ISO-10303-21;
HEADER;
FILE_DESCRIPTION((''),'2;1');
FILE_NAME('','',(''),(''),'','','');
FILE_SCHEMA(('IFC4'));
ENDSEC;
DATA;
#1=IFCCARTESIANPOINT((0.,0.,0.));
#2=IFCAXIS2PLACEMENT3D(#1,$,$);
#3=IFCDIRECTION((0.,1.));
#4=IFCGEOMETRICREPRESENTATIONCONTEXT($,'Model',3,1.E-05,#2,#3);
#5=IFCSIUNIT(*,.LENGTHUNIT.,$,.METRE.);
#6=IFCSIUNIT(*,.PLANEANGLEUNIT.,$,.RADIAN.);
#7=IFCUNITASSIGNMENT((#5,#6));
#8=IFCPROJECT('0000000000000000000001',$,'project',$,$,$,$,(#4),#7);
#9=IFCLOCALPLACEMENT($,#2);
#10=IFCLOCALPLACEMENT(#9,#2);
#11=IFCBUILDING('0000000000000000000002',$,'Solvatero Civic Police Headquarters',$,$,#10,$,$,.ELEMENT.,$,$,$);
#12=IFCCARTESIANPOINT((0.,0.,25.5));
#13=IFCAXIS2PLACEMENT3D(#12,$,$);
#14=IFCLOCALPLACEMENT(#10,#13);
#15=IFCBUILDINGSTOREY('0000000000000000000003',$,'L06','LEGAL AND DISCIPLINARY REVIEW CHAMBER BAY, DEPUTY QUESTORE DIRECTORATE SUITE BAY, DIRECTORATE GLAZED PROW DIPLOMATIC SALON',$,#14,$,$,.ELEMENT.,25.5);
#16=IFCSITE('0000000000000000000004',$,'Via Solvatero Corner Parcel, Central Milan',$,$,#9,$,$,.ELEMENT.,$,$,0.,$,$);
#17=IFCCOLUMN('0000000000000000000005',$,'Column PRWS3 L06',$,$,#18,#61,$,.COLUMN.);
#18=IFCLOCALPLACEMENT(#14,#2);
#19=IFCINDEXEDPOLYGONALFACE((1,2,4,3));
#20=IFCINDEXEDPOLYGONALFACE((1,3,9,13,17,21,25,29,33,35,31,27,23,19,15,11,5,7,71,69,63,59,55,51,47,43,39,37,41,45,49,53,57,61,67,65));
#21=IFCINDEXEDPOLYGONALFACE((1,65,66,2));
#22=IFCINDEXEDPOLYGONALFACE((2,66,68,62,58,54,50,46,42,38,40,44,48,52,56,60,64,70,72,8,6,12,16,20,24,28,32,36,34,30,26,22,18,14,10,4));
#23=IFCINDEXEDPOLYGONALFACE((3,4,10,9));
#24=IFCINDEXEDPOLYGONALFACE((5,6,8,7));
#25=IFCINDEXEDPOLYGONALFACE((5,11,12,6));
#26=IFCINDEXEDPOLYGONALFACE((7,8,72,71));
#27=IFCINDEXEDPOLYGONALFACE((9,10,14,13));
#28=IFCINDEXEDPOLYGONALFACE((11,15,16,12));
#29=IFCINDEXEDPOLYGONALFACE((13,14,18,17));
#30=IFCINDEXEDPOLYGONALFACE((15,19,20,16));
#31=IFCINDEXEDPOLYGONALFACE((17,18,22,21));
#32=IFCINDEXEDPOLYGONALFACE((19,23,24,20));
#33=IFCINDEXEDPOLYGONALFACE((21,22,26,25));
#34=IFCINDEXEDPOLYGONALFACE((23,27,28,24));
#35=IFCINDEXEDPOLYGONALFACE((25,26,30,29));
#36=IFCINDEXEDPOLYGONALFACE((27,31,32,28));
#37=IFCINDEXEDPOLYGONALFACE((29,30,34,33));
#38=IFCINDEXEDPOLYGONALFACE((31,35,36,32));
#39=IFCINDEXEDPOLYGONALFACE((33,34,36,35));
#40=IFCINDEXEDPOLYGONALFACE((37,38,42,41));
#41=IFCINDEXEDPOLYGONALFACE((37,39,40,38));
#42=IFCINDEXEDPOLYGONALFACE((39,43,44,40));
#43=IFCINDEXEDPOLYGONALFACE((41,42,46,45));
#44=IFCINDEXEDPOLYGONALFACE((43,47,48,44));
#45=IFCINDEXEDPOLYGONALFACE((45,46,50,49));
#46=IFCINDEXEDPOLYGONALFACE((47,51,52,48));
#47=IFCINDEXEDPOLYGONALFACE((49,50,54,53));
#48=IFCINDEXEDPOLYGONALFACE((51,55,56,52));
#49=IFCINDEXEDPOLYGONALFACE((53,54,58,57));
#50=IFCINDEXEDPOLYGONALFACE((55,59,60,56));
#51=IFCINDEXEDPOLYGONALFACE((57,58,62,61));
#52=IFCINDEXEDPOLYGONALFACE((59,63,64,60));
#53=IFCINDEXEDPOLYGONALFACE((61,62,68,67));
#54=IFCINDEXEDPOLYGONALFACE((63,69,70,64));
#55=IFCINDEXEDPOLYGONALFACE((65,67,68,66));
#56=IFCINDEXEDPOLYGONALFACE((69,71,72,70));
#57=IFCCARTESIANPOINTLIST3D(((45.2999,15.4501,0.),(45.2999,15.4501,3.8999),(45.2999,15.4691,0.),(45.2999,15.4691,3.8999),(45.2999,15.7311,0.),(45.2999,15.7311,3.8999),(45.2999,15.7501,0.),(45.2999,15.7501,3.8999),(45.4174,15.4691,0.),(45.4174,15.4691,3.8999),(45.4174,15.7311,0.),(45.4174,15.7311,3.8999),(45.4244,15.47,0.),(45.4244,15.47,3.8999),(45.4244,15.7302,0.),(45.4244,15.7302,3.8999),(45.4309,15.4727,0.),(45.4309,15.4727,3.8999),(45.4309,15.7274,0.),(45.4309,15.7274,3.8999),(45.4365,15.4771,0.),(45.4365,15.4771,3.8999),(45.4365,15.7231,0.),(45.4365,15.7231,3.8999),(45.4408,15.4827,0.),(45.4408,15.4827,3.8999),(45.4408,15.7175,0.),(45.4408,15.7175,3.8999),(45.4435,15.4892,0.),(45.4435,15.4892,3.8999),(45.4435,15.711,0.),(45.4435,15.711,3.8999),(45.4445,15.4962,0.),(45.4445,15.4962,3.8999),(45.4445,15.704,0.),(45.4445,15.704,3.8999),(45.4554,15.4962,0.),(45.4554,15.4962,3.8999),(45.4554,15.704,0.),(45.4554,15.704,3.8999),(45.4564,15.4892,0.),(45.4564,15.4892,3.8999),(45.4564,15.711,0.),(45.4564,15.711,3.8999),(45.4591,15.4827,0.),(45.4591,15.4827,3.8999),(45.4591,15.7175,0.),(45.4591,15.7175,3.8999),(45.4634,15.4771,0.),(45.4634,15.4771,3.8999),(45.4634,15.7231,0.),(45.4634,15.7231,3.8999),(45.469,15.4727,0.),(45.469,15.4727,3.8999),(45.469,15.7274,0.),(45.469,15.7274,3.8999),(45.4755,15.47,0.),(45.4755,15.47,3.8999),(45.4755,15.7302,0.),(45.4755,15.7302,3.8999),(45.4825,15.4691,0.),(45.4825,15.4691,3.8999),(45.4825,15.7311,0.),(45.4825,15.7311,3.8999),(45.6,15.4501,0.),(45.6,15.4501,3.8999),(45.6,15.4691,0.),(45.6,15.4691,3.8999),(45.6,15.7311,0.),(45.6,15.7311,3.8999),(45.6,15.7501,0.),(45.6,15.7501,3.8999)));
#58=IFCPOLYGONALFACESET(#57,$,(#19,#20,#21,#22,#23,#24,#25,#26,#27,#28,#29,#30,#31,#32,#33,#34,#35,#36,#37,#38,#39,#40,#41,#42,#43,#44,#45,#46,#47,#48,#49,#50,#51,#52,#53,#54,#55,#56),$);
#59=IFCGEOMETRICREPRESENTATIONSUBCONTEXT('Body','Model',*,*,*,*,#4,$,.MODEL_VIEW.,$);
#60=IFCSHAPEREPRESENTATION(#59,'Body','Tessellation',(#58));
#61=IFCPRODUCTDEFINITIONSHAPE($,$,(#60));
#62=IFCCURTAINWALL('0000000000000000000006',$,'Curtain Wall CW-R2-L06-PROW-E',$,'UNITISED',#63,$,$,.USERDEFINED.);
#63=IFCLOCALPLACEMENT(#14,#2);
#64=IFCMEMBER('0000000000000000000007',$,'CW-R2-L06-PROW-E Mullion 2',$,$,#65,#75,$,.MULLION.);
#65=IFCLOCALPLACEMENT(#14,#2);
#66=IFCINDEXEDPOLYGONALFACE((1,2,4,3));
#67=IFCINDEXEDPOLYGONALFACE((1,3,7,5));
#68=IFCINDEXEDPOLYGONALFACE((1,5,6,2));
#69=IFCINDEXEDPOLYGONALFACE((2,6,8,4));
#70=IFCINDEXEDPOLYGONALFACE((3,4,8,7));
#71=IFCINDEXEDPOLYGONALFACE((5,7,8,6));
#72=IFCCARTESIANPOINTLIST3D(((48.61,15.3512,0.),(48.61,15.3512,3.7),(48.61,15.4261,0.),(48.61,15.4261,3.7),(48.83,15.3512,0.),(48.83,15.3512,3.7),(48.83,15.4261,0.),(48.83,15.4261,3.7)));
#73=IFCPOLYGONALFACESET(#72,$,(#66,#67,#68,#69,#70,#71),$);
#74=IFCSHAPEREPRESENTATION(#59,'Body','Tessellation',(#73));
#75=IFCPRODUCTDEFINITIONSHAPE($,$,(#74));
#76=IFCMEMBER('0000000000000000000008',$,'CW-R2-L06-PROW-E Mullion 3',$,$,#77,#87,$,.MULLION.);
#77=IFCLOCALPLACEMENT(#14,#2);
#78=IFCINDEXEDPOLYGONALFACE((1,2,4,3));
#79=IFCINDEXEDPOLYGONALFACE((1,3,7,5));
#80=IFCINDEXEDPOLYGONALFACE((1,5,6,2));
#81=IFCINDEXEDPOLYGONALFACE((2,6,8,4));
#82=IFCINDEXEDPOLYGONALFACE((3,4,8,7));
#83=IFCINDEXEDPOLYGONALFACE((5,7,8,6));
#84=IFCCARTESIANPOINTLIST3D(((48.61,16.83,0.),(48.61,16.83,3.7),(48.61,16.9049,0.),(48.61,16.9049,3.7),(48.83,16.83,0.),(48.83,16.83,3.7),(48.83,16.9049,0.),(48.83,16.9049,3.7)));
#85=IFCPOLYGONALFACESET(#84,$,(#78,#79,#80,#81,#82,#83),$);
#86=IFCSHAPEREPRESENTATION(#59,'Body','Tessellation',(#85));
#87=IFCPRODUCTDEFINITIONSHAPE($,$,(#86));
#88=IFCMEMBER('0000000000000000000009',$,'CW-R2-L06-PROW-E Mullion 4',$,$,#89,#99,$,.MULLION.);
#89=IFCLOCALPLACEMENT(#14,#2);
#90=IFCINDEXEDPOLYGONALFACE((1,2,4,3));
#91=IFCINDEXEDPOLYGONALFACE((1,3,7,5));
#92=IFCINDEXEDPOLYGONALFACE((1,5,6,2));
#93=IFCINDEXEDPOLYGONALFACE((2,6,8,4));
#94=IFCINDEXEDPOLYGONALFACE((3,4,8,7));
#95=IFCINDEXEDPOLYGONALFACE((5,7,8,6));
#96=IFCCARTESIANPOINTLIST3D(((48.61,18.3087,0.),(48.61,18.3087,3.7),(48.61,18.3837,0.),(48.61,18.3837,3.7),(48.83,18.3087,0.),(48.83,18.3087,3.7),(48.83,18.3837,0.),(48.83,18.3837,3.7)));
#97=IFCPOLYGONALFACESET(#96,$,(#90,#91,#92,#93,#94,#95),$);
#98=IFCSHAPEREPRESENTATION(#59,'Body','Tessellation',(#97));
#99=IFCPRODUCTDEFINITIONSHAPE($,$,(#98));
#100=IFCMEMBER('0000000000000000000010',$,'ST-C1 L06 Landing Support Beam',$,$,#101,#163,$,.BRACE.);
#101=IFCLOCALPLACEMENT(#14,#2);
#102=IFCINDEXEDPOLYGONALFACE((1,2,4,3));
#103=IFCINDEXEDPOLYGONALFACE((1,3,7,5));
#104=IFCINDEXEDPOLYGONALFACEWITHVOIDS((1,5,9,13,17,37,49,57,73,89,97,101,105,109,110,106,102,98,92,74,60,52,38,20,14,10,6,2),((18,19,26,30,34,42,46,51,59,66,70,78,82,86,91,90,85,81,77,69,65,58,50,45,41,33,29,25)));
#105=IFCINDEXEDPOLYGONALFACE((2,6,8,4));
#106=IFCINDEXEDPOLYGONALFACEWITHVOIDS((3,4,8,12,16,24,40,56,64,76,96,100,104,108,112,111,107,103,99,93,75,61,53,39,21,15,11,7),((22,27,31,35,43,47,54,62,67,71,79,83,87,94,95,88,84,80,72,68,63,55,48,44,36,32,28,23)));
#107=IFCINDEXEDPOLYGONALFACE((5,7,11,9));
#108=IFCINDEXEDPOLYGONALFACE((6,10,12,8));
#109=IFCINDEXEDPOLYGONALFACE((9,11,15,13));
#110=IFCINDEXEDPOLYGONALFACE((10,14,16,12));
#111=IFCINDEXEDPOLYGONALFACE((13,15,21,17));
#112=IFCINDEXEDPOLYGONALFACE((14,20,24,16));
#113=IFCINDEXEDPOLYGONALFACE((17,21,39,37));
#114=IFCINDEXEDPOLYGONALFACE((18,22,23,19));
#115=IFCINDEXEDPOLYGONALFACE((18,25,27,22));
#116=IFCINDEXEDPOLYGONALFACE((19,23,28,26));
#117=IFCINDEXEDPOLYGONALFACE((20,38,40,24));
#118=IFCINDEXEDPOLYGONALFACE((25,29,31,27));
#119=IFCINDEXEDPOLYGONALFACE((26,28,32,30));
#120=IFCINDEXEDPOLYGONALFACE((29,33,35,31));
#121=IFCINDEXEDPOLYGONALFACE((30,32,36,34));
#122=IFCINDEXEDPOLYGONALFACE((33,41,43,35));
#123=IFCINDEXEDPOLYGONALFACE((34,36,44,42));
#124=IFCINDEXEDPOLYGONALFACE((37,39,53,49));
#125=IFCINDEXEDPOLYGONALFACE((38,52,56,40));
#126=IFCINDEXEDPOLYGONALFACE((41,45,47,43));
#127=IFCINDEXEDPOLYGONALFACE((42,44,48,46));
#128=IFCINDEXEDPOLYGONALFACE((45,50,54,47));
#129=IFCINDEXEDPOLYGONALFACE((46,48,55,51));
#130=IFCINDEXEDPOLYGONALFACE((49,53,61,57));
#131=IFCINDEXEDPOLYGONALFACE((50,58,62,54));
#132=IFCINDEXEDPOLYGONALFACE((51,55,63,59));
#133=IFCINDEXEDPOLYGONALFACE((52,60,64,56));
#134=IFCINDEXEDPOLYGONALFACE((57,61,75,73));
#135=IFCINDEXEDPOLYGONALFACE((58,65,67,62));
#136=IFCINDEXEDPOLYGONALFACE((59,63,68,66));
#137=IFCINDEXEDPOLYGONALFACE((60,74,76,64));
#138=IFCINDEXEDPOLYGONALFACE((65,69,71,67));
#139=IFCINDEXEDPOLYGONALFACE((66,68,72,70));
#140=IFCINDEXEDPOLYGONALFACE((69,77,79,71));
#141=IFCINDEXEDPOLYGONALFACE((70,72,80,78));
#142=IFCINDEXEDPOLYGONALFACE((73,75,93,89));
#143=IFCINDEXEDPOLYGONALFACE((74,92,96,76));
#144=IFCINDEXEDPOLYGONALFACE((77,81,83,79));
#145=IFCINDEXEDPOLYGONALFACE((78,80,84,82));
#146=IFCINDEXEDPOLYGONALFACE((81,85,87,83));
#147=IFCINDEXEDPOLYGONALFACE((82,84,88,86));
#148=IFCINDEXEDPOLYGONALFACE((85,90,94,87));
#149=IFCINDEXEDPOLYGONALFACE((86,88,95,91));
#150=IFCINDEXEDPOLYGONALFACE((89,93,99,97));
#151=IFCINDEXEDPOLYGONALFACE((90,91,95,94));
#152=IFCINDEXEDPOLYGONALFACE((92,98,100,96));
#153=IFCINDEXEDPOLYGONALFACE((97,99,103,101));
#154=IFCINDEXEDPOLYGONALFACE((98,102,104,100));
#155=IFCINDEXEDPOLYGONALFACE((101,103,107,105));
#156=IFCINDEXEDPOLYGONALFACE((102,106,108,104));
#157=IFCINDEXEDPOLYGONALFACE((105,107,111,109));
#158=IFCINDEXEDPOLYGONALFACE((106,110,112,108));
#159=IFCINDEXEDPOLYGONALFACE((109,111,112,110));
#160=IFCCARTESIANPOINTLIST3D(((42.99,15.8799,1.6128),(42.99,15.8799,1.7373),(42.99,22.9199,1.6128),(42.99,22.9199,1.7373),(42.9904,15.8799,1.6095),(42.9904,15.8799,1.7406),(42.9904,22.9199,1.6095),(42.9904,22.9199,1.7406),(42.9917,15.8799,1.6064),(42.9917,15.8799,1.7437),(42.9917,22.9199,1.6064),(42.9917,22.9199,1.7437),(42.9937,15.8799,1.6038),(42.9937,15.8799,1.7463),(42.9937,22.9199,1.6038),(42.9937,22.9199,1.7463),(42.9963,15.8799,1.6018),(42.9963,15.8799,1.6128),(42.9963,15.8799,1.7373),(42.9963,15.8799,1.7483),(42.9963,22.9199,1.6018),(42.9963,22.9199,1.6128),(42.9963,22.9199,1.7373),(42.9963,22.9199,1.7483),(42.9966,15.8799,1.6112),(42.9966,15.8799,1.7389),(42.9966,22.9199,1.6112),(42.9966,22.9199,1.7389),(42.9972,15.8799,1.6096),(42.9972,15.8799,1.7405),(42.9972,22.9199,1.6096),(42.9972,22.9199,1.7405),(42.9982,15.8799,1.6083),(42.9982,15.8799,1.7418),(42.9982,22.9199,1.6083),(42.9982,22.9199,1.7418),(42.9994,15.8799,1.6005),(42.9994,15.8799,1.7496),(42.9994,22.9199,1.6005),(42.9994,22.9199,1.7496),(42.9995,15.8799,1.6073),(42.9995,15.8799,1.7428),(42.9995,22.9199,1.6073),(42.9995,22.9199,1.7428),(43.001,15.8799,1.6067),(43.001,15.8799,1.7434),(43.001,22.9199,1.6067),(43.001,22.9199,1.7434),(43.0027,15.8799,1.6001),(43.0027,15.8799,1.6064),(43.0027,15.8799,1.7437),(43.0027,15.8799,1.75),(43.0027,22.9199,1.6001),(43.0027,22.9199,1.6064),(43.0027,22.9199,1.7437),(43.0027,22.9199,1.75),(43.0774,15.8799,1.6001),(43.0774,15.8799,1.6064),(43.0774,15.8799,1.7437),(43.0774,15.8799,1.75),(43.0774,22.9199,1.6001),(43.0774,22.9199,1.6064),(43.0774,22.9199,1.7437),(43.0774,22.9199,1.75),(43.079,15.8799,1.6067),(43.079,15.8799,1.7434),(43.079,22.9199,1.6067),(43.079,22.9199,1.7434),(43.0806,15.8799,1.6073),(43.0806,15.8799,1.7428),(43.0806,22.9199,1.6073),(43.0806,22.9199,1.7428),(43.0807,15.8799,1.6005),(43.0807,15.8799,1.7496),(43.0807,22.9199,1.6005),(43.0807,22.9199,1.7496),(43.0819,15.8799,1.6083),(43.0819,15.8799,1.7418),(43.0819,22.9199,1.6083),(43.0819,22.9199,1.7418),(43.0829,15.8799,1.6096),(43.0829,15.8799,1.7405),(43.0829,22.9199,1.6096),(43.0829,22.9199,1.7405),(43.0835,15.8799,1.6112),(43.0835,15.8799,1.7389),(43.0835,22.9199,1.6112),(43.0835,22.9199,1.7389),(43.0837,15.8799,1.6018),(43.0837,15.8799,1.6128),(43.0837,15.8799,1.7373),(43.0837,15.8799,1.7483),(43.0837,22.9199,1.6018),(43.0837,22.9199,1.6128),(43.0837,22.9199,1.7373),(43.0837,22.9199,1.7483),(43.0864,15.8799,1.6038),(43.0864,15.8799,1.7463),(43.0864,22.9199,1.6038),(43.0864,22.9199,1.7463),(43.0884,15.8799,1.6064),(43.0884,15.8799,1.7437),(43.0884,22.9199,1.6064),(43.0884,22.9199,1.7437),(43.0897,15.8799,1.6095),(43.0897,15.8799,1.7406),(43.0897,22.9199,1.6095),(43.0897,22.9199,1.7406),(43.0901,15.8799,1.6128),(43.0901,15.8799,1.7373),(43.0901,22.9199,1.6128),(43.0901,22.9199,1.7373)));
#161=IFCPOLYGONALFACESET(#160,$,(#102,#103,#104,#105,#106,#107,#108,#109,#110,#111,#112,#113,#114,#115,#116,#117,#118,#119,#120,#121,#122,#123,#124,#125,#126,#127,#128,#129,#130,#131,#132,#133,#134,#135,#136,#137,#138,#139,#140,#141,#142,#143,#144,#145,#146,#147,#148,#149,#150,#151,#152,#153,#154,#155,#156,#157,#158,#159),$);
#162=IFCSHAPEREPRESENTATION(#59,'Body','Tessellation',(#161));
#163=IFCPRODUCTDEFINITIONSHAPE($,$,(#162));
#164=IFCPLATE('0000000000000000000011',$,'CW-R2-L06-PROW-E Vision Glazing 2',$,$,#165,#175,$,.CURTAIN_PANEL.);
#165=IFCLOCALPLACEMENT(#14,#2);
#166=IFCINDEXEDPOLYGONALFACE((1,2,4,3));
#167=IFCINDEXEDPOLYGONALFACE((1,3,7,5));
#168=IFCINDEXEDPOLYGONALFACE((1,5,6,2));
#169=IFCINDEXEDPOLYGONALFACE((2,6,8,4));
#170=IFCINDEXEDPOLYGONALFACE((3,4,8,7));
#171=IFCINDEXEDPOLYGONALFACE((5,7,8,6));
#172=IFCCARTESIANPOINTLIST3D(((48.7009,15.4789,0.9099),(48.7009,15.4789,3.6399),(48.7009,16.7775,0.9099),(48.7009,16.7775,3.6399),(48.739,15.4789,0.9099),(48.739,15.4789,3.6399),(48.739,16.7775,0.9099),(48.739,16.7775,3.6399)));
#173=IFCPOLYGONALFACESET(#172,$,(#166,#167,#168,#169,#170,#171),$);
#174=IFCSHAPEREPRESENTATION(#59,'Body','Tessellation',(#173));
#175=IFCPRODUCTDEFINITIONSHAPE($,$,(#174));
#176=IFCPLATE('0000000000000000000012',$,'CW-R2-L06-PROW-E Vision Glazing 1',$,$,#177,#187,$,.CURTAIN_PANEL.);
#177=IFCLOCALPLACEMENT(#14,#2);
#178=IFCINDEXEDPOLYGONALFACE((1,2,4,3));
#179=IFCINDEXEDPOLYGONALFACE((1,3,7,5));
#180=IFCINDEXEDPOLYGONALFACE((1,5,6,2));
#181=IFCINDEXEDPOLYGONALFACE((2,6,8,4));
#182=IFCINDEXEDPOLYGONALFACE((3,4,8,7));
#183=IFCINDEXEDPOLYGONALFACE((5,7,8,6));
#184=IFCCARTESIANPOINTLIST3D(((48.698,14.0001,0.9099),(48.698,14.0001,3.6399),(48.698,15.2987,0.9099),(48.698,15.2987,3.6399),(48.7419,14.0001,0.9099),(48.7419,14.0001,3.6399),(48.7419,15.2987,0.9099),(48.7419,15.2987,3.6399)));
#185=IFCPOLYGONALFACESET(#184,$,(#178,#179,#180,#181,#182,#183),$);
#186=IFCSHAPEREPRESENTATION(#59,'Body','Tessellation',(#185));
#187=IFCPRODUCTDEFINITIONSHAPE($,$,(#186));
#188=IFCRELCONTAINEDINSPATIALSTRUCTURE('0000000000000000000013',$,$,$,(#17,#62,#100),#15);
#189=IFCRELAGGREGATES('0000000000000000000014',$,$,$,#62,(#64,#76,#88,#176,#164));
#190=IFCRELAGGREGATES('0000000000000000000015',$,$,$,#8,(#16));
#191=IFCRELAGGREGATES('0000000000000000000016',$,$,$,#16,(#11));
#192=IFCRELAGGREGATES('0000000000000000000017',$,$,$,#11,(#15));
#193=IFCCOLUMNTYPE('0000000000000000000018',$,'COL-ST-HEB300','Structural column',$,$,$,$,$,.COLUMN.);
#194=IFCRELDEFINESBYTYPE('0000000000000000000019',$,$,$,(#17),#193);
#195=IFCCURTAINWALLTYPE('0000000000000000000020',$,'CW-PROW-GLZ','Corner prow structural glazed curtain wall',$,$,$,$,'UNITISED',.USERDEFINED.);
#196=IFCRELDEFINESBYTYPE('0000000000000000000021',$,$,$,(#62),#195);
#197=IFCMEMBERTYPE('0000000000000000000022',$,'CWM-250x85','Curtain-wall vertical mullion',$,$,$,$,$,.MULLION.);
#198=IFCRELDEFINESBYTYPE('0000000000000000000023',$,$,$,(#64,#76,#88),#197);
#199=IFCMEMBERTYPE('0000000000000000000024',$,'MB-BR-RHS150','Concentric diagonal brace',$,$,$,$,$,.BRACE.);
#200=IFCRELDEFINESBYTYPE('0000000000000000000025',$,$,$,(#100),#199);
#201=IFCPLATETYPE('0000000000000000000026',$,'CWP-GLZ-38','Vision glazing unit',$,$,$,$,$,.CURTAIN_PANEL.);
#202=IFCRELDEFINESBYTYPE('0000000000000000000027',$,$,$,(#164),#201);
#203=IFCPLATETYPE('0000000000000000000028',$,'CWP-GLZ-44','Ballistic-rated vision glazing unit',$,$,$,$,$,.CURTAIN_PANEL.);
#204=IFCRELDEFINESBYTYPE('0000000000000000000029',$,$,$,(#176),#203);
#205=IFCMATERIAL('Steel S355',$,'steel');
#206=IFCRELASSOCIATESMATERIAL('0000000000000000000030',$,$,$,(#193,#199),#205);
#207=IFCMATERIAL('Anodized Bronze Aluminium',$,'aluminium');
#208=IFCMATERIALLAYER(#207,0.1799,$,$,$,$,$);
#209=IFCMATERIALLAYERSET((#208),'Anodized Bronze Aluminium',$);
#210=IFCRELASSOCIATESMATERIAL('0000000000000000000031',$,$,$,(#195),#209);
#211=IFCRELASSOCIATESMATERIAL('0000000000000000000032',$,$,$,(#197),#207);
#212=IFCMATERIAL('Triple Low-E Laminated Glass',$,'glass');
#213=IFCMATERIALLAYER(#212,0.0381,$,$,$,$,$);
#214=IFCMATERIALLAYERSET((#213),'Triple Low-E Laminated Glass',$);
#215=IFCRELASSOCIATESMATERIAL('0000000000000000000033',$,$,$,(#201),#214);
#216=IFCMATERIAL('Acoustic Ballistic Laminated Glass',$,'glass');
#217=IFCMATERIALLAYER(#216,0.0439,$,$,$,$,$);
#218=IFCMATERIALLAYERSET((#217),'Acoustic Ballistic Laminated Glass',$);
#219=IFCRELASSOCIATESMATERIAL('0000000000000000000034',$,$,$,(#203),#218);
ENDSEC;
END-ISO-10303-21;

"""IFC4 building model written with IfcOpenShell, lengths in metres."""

from ifc_helpers import new_model, si_unit, direction, frame, origin, origin_2d, place, context, subcontext, project, spatial, rectangle, hollow_rectangle, i_section, extrude, material, layer, layer_set, material_profile, profile_set, type_object, element, aggregate, save


model = new_model("IFC4")

# Units and contexts
model_context = context("Model", 3, precision=1e-05, world=origin(), true_north=direction((0.0, 1.0)))
body_context = subcontext(model_context, "Body", "Model", "MODEL_VIEW")
ifc_project = project(units=[si_unit("LENGTHUNIT", "METRE"), si_unit("PLANEANGLEUNIT", "RADIAN")], contexts=[model_context])

# Site, building, storey
site_placement = place(None, origin())
site = spatial("IfcSite", under=ifc_project, at=site_placement, Name="Via Solvatero Corner Parcel, Central Milan", CompositionType="ELEMENT", RefElevation=0.0)
building_placement = place(site_placement, origin())
building = spatial("IfcBuilding", under=site, at=building_placement, Name="Solvatero Civic Police Headquarters", CompositionType="ELEMENT")
storey_placement = place(building_placement, frame((0.0, 0.0, 25.5)))
storey = spatial("IfcBuildingStorey", under=building, at=storey_placement, Name="L06", Description="LEGAL AND DISCIPLINARY REVIEW CHAMBER BAY, DEPUTY QUESTORE DIRECTORATE SUITE BAY, DIRECTORATE GLAZED PROW DIPLOMATIC SALON", CompositionType="ELEMENT", Elevation=25.5)

# Column
ifc_material_1 = material(Name="Steel S355", Category="steel")
ifc_material_profile_1 = material_profile(ifc_material_1, i_section(OverallWidth=0.3, OverallDepth=0.3, WebThickness=0.011, FlangeThickness=0.019, FilletRadius=0.0271, at=origin_2d()), Name="HEB 300")
ifc_profile_set_1 = profile_set([ifc_material_profile_1], Name="Steel S355")
column_type = type_object("IfcColumnType", Name="COL-ST-HEB300", Description="Structural column", PredefinedType="COLUMN", material=ifc_profile_set_1)
column_placement = place(storey_placement, frame((45.45, 15.6001, 0.0), z_axis=(0.0, 0.0, 1.0), x_axis=(1.0, 0.0, 0.0)))
element("IfcColumn", 1, at=column_placement, inside=storey, type_object=column_type, Name="Column PRWS3 L06", PredefinedType="COLUMN", context=body_context, shape_type="SweptSolid", body=[
    extrude(i_section(OverallWidth=0.3, OverallDepth=0.3, WebThickness=0.011, FlangeThickness=0.019, FilletRadius=0.0271, at=origin_2d()), origin(), (0.0, 0.0, 1.0), 3.8999),
])

# Curtain wall, members
ifc_material_2 = material(Name="Anodized Bronze Aluminium", Category="aluminium")
ifc_layer_1 = layer(ifc_material_2, 0.1799)
ifc_layer_set_1 = layer_set([ifc_layer_1], Name="Anodized Bronze Aluminium")
curtain_wall_type = type_object("IfcCurtainWallType", Name="CW-PROW-GLZ", Description="Corner prow structural glazed curtain wall", ElementType="UNITISED", PredefinedType="USERDEFINED", material=ifc_layer_set_1)
curtain_wall_placement = place(storey_placement, origin())
curtain_wall = element("IfcCurtainWall", 2, at=curtain_wall_placement, inside=storey, type_object=curtain_wall_type, Name="Curtain Wall CW-R2-L06-PROW-E", ObjectType="UNITISED", PredefinedType="USERDEFINED")
ifc_material_profile_2 = material_profile(ifc_material_2, rectangle(XDim=0.075, YDim=0.22, at=origin_2d()), Name="ALU MULLION 75x220")
ifc_profile_set_2 = profile_set([ifc_material_profile_2], Name="Anodized Bronze Aluminium")
member_type_1 = type_object("IfcMemberType", Name="CWM-250x85", Description="Curtain-wall vertical mullion", PredefinedType="MULLION", material=ifc_profile_set_2)
member_1_placement = place(storey_placement, frame((48.72, 15.3887, 0.0), z_axis=(0.0, 0.0, 1.0), x_axis=(0.0, 1.0, 0.0)))
member_1 = element("IfcMember", 3, at=member_1_placement, type_object=member_type_1, Name="CW-R2-L06-PROW-E Mullion 2", PredefinedType="MULLION", context=body_context, shape_type="SweptSolid", body=[
    extrude(rectangle(XDim=0.075, YDim=0.22, at=origin_2d()), origin(), (0.0, 0.0, 1.0), 3.7),
])
member_2_placement = place(storey_placement, frame((48.72, 16.8674, 0.0), z_axis=(0.0, 0.0, 1.0), x_axis=(0.0, 1.0, 0.0)))
member_2 = element("IfcMember", 4, at=member_2_placement, type_object=member_type_1, Name="CW-R2-L06-PROW-E Mullion 3", PredefinedType="MULLION", context=body_context, shape_type="SweptSolid", body=[
    extrude(rectangle(XDim=0.075, YDim=0.22, at=origin_2d()), origin(), (0.0, 0.0, 1.0), 3.7),
])
member_3_placement = place(storey_placement, frame((48.72, 18.3462, 0.0), z_axis=(0.0, 0.0, 1.0), x_axis=(0.0, 1.0, 0.0)))
member_3 = element("IfcMember", 5, at=member_3_placement, type_object=member_type_1, Name="CW-R2-L06-PROW-E Mullion 4", PredefinedType="MULLION", context=body_context, shape_type="SweptSolid", body=[
    extrude(rectangle(XDim=0.075, YDim=0.22, at=origin_2d()), origin(), (0.0, 0.0, 1.0), 3.7),
])

# Member
ifc_material_profile_3 = material_profile(ifc_material_1, hollow_rectangle(XDim=0.1001, YDim=0.1499, WallThickness=0.0063, InnerFilletRadius=0.0063, OuterFilletRadius=0.0127, at=origin_2d()), Name="RHS 150x100x6.3")
ifc_profile_set_3 = profile_set([ifc_material_profile_3], Name="Steel S355")
member_type_2 = type_object("IfcMemberType", Name="MB-BR-RHS150", Description="Concentric diagonal brace", PredefinedType="BRACE", material=ifc_profile_set_3)
member_4_placement = place(storey_placement, frame((43.04, 15.8799, 1.675), z_axis=(0.0, 1.0, 0.0), x_axis=(-1.0, 0.0, 0.0)))
element("IfcMember", 6, at=member_4_placement, inside=storey, type_object=member_type_2, Name="ST-C1 L06 Landing Support Beam", PredefinedType="BRACE", context=body_context, shape_type="SweptSolid", body=[
    extrude(hollow_rectangle(XDim=0.1001, YDim=0.1499, WallThickness=0.0063, InnerFilletRadius=0.0063, OuterFilletRadius=0.0127, at=origin_2d()), origin(), (0.0, 0.0, 1.0), 7.04),
])

# Plates
ifc_material_3 = material(Name="Triple Low-E Laminated Glass", Category="glass")
ifc_layer_2 = layer(ifc_material_3, 0.0381)
ifc_layer_set_2 = layer_set([ifc_layer_2], Name="Triple Low-E Laminated Glass")
plate_type_1 = type_object("IfcPlateType", Name="CWP-GLZ-38", Description="Vision glazing unit", PredefinedType="CURTAIN_PANEL", material=ifc_layer_set_2)
plate_1_placement = place(storey_placement, frame((48.72, 16.1282, 0.9099), z_axis=(0.0, 0.0, 1.0), x_axis=(0.0, 1.0, 0.0)))
plate_1 = element("IfcPlate", 7, at=plate_1_placement, type_object=plate_type_1, Name="CW-R2-L06-PROW-E Vision Glazing 2", PredefinedType="CURTAIN_PANEL", context=body_context, shape_type="SweptSolid", body=[
    extrude(rectangle(XDim=1.2986, YDim=0.0381, at=origin_2d()), origin(), (0.0, 0.0, 1.0), 2.73),
])
ifc_material_4 = material(Name="Acoustic Ballistic Laminated Glass", Category="glass")
ifc_layer_3 = layer(ifc_material_4, 0.0439)
ifc_layer_set_3 = layer_set([ifc_layer_3], Name="Acoustic Ballistic Laminated Glass")
plate_type_2 = type_object("IfcPlateType", Name="CWP-GLZ-44", Description="Ballistic-rated vision glazing unit", PredefinedType="CURTAIN_PANEL", material=ifc_layer_set_3)
plate_2_placement = place(storey_placement, frame((48.72, 14.6494, 0.9099), z_axis=(0.0, 0.0, 1.0), x_axis=(0.0, 1.0, 0.0)))
plate_2 = element("IfcPlate", 8, at=plate_2_placement, type_object=plate_type_2, Name="CW-R2-L06-PROW-E Vision Glazing 1", PredefinedType="CURTAIN_PANEL", context=body_context, shape_type="SweptSolid", body=[
    extrude(rectangle(XDim=1.2986, YDim=0.0439, at=origin_2d()), origin(), (0.0, 0.0, 1.0), 2.73),
])
aggregate(curtain_wall, [member_1, member_2, member_3, plate_2, plate_1])

save(model, "model.ifc")
